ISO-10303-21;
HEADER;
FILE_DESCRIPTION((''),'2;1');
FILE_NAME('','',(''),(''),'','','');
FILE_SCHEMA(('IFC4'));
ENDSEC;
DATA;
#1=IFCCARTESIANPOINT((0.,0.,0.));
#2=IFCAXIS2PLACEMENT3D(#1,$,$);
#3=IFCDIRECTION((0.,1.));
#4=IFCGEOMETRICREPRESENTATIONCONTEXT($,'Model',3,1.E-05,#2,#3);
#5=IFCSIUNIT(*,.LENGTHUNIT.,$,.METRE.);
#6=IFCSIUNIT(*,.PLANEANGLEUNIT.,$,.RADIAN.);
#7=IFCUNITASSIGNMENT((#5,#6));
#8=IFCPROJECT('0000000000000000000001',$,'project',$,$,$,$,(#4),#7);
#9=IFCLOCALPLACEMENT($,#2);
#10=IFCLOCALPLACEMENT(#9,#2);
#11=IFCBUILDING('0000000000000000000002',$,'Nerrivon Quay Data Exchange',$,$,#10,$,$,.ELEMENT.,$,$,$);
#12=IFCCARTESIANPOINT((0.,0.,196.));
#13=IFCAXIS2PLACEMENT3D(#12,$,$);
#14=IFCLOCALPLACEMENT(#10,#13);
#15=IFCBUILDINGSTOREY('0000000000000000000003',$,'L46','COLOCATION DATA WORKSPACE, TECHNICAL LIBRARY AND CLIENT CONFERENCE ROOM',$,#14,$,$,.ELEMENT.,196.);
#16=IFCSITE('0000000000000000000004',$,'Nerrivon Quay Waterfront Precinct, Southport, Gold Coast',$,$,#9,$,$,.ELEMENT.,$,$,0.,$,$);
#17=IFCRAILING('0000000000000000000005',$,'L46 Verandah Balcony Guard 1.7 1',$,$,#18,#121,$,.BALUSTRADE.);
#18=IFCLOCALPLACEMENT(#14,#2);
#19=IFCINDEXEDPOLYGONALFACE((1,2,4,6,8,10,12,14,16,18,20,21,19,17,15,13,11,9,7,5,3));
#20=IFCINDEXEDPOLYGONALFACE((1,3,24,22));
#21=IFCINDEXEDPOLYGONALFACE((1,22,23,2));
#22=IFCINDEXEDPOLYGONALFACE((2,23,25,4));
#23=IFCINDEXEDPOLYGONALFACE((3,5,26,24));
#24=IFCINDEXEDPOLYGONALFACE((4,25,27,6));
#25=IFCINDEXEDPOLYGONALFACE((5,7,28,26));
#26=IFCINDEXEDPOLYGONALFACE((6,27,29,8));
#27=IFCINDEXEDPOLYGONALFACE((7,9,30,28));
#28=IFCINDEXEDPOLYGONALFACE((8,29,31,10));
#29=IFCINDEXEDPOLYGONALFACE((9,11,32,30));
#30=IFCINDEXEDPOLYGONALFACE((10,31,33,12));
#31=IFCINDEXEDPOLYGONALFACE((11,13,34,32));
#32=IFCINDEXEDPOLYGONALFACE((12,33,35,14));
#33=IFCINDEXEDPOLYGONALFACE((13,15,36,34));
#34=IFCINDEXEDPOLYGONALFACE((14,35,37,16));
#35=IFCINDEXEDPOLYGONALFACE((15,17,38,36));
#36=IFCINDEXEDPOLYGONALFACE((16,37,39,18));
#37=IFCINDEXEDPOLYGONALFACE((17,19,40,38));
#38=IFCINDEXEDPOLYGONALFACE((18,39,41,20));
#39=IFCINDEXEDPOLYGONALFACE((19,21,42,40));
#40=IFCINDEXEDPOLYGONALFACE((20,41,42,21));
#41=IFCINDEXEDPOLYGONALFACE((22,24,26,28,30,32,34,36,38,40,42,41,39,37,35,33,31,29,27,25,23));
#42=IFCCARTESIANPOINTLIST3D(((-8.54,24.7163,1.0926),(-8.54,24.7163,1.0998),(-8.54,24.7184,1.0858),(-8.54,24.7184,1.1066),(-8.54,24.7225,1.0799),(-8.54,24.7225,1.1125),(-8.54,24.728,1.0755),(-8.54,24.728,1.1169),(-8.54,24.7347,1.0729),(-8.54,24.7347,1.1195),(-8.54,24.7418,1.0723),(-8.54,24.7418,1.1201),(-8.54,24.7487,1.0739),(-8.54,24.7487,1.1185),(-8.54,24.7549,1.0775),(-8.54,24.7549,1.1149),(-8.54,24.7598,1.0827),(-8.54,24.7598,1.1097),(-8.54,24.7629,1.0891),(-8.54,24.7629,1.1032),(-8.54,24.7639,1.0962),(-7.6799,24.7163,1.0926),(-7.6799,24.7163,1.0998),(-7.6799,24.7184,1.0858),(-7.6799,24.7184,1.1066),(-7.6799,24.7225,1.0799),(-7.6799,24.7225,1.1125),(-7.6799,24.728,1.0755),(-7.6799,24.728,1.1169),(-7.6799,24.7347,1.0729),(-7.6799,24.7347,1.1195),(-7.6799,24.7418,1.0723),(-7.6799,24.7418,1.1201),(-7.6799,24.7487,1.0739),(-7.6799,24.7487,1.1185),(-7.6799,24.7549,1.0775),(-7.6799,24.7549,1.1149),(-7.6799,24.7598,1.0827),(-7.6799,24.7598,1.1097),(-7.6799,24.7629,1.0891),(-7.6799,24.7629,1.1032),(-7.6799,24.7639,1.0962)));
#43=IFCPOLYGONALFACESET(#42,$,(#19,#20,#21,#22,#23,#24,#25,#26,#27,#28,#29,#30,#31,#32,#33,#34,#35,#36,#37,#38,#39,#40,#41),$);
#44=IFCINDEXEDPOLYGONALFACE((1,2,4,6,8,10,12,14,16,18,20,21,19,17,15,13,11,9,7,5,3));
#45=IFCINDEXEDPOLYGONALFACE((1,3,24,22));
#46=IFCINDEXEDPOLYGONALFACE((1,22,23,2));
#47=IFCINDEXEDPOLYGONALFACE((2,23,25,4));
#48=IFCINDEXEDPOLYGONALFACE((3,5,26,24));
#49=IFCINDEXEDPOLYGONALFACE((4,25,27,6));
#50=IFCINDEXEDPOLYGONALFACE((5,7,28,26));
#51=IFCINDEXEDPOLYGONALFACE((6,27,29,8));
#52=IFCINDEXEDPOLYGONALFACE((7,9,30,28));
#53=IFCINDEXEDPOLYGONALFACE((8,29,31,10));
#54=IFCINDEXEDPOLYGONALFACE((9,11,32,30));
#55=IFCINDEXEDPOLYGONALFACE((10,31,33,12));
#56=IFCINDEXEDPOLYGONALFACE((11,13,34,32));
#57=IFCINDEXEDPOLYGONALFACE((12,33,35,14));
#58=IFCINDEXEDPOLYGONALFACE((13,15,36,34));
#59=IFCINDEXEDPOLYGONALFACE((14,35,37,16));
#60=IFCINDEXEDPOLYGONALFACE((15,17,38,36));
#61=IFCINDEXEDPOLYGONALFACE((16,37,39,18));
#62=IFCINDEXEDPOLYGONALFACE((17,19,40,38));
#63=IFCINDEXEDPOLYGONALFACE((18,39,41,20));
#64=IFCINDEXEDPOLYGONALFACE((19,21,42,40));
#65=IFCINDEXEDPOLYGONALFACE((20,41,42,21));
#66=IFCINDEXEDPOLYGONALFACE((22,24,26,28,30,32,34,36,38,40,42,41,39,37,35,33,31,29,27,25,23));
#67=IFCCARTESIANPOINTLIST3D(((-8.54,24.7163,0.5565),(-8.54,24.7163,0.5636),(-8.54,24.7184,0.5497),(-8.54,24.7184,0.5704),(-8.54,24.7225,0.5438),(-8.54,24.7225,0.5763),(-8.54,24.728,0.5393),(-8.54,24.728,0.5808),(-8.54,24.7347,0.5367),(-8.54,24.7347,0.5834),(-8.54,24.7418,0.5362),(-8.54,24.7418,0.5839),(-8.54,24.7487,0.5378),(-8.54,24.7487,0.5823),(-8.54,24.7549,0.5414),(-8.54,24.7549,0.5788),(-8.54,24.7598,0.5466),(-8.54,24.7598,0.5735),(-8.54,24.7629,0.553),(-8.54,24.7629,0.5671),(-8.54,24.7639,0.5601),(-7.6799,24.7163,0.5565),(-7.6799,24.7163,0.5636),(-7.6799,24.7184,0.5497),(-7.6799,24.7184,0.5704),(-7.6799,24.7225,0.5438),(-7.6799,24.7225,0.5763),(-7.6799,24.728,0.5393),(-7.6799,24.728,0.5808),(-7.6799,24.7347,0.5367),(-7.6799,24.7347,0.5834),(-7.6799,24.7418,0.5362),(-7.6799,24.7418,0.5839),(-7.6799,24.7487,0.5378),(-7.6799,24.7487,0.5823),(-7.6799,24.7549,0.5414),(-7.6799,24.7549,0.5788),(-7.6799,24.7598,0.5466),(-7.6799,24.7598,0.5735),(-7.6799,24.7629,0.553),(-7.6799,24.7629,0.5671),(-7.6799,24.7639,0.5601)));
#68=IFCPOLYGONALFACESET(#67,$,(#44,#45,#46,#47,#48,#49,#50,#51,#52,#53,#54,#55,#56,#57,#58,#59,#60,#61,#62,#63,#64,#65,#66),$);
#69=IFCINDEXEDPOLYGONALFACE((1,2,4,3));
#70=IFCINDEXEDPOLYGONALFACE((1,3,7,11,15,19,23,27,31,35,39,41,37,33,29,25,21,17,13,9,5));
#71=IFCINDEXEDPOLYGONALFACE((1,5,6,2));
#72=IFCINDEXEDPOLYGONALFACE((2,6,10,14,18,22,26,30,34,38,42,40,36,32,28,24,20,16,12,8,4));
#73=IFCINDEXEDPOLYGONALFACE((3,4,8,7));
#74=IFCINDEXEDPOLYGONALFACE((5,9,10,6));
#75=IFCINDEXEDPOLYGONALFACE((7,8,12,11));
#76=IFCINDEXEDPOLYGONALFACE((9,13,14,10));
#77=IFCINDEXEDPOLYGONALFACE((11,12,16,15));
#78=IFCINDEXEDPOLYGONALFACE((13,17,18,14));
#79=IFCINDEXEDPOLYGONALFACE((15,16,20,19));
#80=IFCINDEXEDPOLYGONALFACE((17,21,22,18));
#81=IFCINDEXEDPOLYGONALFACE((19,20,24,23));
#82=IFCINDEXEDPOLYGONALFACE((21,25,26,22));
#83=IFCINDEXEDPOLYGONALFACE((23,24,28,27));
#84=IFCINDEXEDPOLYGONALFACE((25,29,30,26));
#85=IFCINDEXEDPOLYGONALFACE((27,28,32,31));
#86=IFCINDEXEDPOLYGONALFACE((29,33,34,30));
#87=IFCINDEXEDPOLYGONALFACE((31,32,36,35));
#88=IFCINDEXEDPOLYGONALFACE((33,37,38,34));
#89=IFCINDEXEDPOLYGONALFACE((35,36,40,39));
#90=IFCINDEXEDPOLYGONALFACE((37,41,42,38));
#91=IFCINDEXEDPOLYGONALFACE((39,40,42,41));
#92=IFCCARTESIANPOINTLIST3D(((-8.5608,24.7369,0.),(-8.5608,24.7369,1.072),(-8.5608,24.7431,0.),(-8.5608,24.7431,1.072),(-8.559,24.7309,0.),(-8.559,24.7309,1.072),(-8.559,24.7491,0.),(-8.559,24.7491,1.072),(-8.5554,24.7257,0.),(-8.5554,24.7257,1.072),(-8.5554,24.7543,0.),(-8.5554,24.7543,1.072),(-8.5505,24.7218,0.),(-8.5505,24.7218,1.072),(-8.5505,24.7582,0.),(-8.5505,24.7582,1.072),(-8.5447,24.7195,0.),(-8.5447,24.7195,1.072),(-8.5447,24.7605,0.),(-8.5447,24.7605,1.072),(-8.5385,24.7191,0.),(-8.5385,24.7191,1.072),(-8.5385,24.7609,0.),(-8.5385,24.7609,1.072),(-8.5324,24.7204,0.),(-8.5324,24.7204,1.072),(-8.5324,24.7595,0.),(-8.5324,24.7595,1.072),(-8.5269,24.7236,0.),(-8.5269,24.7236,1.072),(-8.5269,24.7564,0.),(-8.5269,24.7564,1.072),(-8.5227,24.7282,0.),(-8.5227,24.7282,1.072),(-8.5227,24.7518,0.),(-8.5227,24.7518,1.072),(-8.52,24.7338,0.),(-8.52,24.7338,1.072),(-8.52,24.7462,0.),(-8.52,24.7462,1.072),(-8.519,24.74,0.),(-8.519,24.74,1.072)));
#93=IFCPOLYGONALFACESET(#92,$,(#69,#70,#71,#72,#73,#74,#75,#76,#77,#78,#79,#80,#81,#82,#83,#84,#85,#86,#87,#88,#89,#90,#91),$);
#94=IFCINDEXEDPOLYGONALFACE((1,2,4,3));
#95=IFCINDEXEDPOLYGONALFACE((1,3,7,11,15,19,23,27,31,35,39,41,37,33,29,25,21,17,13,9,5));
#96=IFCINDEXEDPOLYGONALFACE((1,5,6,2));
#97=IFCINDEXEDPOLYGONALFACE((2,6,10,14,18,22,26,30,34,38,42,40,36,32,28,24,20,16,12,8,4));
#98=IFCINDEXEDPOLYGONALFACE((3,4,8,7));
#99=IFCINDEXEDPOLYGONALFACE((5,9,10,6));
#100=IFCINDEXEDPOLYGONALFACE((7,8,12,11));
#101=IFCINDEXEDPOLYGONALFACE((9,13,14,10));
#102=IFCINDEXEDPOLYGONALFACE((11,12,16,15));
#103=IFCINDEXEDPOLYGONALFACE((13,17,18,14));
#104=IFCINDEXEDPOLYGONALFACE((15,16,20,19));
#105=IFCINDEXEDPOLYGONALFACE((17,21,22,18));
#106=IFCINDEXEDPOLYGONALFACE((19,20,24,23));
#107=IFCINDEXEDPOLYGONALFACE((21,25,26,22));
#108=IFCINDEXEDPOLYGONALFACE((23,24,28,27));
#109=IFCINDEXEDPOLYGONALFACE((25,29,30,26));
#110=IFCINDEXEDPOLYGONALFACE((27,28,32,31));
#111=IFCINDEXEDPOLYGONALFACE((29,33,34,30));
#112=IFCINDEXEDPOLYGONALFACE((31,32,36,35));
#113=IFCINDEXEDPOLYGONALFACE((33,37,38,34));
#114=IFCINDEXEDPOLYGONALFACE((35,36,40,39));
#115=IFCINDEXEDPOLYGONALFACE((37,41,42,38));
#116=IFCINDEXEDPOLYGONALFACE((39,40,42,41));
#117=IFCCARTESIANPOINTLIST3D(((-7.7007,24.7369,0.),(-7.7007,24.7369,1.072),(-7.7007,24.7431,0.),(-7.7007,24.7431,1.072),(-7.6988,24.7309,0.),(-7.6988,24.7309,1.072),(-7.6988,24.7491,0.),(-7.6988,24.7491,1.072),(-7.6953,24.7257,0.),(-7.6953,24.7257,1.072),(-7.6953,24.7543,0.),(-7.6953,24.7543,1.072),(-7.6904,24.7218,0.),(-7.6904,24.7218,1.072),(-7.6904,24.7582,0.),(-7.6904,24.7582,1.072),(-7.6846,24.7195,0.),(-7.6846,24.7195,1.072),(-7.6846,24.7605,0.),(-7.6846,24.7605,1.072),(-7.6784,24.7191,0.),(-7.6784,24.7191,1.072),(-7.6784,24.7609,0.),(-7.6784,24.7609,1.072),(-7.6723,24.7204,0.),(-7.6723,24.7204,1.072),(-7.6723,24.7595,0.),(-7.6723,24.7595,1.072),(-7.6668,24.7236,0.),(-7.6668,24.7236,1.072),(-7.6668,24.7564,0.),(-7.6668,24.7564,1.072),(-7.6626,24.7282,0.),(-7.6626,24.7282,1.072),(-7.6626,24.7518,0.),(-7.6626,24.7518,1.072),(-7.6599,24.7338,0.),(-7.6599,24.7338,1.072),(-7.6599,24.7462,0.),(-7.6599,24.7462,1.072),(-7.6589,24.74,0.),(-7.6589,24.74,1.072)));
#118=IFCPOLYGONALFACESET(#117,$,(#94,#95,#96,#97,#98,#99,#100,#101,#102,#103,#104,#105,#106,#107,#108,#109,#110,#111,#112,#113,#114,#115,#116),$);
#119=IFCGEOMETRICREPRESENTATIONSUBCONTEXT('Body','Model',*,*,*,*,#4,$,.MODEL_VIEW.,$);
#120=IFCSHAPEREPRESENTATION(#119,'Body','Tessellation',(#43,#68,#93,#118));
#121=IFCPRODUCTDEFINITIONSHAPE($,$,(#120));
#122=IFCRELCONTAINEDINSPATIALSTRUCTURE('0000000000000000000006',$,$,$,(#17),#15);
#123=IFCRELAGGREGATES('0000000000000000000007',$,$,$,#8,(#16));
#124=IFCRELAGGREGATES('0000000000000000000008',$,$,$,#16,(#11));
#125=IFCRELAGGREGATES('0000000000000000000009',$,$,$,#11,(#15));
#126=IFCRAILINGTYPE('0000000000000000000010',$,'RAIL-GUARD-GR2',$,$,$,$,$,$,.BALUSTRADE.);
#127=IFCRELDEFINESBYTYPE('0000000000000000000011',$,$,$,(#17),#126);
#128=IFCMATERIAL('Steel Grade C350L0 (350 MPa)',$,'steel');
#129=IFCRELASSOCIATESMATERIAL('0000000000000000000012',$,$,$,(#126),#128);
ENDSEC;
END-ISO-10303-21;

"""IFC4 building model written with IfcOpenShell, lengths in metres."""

from ifc_helpers import new_model, si_unit, direction, frame, origin, origin_2d, place, context, subcontext, project, spatial, circle, extrude, material, type_object, element, save


model = new_model("IFC4")

# Units and contexts
model_context = context("Model", 3, precision=1e-05, world=origin(), true_north=direction((0.0, 1.0)))
body_context = subcontext(model_context, "Body", "Model", "MODEL_VIEW")
ifc_project = project(units=[si_unit("LENGTHUNIT", "METRE"), si_unit("PLANEANGLEUNIT", "RADIAN")], contexts=[model_context])

# Site, building, storey
site_placement = place(None, origin())
site = spatial("IfcSite", under=ifc_project, at=site_placement, Name="Nerrivon Quay Waterfront Precinct, Southport, Gold Coast", CompositionType="ELEMENT", RefElevation=0.0)
building_placement = place(site_placement, origin())
building = spatial("IfcBuilding", under=site, at=building_placement, Name="Nerrivon Quay Data Exchange", CompositionType="ELEMENT")
storey_placement = place(building_placement, frame((0.0, 0.0, 196.0)))
storey = spatial("IfcBuildingStorey", under=building, at=storey_placement, Name="L46", Description="COLOCATION DATA WORKSPACE, TECHNICAL LIBRARY AND CLIENT CONFERENCE ROOM", CompositionType="ELEMENT", Elevation=196.0)

# Railing
ifc_material_1 = material(Name="Steel Grade C350L0 (350 MPa)", Category="steel")
railing_type = type_object("IfcRailingType", Name="RAIL-GUARD-GR2", PredefinedType="BALUSTRADE", material=ifc_material_1)
railing_1_placement = place(storey_placement, frame((-8.54, 24.74, 0.0)))
element("IfcRailing", 1, at=railing_1_placement, inside=storey, type_object=railing_type, Name="L46 Verandah Balcony Guard 1.7 1", PredefinedType="BALUSTRADE", context=body_context, shape_type="SweptSolid", body=[
    extrude(circle(Radius=0.0239, at=origin_2d()), frame((0.0, 0.0, 1.0962), z_axis=(1.0, 0.0, 0.0), x_axis=(0.0, 1.0, 0.0)), (0.0, 0.0, 1.0), 0.8601),
    extrude(circle(Radius=0.0239, at=origin_2d()), frame((0.0, 0.0, 0.5601), z_axis=(1.0, 0.0, 0.0), x_axis=(0.0, 1.0, 0.0)), (0.0, 0.0, 1.0), 0.8601),
    extrude(circle(Radius=0.021, at=origin_2d()), origin(), (0.0, 0.0, 1.0), 1.072),
    extrude(circle(Radius=0.021, at=origin_2d()), frame((0.8601, 0.0, 0.0)), (0.0, 0.0, 1.0), 1.072),
])

save(model, "model.ifc")
